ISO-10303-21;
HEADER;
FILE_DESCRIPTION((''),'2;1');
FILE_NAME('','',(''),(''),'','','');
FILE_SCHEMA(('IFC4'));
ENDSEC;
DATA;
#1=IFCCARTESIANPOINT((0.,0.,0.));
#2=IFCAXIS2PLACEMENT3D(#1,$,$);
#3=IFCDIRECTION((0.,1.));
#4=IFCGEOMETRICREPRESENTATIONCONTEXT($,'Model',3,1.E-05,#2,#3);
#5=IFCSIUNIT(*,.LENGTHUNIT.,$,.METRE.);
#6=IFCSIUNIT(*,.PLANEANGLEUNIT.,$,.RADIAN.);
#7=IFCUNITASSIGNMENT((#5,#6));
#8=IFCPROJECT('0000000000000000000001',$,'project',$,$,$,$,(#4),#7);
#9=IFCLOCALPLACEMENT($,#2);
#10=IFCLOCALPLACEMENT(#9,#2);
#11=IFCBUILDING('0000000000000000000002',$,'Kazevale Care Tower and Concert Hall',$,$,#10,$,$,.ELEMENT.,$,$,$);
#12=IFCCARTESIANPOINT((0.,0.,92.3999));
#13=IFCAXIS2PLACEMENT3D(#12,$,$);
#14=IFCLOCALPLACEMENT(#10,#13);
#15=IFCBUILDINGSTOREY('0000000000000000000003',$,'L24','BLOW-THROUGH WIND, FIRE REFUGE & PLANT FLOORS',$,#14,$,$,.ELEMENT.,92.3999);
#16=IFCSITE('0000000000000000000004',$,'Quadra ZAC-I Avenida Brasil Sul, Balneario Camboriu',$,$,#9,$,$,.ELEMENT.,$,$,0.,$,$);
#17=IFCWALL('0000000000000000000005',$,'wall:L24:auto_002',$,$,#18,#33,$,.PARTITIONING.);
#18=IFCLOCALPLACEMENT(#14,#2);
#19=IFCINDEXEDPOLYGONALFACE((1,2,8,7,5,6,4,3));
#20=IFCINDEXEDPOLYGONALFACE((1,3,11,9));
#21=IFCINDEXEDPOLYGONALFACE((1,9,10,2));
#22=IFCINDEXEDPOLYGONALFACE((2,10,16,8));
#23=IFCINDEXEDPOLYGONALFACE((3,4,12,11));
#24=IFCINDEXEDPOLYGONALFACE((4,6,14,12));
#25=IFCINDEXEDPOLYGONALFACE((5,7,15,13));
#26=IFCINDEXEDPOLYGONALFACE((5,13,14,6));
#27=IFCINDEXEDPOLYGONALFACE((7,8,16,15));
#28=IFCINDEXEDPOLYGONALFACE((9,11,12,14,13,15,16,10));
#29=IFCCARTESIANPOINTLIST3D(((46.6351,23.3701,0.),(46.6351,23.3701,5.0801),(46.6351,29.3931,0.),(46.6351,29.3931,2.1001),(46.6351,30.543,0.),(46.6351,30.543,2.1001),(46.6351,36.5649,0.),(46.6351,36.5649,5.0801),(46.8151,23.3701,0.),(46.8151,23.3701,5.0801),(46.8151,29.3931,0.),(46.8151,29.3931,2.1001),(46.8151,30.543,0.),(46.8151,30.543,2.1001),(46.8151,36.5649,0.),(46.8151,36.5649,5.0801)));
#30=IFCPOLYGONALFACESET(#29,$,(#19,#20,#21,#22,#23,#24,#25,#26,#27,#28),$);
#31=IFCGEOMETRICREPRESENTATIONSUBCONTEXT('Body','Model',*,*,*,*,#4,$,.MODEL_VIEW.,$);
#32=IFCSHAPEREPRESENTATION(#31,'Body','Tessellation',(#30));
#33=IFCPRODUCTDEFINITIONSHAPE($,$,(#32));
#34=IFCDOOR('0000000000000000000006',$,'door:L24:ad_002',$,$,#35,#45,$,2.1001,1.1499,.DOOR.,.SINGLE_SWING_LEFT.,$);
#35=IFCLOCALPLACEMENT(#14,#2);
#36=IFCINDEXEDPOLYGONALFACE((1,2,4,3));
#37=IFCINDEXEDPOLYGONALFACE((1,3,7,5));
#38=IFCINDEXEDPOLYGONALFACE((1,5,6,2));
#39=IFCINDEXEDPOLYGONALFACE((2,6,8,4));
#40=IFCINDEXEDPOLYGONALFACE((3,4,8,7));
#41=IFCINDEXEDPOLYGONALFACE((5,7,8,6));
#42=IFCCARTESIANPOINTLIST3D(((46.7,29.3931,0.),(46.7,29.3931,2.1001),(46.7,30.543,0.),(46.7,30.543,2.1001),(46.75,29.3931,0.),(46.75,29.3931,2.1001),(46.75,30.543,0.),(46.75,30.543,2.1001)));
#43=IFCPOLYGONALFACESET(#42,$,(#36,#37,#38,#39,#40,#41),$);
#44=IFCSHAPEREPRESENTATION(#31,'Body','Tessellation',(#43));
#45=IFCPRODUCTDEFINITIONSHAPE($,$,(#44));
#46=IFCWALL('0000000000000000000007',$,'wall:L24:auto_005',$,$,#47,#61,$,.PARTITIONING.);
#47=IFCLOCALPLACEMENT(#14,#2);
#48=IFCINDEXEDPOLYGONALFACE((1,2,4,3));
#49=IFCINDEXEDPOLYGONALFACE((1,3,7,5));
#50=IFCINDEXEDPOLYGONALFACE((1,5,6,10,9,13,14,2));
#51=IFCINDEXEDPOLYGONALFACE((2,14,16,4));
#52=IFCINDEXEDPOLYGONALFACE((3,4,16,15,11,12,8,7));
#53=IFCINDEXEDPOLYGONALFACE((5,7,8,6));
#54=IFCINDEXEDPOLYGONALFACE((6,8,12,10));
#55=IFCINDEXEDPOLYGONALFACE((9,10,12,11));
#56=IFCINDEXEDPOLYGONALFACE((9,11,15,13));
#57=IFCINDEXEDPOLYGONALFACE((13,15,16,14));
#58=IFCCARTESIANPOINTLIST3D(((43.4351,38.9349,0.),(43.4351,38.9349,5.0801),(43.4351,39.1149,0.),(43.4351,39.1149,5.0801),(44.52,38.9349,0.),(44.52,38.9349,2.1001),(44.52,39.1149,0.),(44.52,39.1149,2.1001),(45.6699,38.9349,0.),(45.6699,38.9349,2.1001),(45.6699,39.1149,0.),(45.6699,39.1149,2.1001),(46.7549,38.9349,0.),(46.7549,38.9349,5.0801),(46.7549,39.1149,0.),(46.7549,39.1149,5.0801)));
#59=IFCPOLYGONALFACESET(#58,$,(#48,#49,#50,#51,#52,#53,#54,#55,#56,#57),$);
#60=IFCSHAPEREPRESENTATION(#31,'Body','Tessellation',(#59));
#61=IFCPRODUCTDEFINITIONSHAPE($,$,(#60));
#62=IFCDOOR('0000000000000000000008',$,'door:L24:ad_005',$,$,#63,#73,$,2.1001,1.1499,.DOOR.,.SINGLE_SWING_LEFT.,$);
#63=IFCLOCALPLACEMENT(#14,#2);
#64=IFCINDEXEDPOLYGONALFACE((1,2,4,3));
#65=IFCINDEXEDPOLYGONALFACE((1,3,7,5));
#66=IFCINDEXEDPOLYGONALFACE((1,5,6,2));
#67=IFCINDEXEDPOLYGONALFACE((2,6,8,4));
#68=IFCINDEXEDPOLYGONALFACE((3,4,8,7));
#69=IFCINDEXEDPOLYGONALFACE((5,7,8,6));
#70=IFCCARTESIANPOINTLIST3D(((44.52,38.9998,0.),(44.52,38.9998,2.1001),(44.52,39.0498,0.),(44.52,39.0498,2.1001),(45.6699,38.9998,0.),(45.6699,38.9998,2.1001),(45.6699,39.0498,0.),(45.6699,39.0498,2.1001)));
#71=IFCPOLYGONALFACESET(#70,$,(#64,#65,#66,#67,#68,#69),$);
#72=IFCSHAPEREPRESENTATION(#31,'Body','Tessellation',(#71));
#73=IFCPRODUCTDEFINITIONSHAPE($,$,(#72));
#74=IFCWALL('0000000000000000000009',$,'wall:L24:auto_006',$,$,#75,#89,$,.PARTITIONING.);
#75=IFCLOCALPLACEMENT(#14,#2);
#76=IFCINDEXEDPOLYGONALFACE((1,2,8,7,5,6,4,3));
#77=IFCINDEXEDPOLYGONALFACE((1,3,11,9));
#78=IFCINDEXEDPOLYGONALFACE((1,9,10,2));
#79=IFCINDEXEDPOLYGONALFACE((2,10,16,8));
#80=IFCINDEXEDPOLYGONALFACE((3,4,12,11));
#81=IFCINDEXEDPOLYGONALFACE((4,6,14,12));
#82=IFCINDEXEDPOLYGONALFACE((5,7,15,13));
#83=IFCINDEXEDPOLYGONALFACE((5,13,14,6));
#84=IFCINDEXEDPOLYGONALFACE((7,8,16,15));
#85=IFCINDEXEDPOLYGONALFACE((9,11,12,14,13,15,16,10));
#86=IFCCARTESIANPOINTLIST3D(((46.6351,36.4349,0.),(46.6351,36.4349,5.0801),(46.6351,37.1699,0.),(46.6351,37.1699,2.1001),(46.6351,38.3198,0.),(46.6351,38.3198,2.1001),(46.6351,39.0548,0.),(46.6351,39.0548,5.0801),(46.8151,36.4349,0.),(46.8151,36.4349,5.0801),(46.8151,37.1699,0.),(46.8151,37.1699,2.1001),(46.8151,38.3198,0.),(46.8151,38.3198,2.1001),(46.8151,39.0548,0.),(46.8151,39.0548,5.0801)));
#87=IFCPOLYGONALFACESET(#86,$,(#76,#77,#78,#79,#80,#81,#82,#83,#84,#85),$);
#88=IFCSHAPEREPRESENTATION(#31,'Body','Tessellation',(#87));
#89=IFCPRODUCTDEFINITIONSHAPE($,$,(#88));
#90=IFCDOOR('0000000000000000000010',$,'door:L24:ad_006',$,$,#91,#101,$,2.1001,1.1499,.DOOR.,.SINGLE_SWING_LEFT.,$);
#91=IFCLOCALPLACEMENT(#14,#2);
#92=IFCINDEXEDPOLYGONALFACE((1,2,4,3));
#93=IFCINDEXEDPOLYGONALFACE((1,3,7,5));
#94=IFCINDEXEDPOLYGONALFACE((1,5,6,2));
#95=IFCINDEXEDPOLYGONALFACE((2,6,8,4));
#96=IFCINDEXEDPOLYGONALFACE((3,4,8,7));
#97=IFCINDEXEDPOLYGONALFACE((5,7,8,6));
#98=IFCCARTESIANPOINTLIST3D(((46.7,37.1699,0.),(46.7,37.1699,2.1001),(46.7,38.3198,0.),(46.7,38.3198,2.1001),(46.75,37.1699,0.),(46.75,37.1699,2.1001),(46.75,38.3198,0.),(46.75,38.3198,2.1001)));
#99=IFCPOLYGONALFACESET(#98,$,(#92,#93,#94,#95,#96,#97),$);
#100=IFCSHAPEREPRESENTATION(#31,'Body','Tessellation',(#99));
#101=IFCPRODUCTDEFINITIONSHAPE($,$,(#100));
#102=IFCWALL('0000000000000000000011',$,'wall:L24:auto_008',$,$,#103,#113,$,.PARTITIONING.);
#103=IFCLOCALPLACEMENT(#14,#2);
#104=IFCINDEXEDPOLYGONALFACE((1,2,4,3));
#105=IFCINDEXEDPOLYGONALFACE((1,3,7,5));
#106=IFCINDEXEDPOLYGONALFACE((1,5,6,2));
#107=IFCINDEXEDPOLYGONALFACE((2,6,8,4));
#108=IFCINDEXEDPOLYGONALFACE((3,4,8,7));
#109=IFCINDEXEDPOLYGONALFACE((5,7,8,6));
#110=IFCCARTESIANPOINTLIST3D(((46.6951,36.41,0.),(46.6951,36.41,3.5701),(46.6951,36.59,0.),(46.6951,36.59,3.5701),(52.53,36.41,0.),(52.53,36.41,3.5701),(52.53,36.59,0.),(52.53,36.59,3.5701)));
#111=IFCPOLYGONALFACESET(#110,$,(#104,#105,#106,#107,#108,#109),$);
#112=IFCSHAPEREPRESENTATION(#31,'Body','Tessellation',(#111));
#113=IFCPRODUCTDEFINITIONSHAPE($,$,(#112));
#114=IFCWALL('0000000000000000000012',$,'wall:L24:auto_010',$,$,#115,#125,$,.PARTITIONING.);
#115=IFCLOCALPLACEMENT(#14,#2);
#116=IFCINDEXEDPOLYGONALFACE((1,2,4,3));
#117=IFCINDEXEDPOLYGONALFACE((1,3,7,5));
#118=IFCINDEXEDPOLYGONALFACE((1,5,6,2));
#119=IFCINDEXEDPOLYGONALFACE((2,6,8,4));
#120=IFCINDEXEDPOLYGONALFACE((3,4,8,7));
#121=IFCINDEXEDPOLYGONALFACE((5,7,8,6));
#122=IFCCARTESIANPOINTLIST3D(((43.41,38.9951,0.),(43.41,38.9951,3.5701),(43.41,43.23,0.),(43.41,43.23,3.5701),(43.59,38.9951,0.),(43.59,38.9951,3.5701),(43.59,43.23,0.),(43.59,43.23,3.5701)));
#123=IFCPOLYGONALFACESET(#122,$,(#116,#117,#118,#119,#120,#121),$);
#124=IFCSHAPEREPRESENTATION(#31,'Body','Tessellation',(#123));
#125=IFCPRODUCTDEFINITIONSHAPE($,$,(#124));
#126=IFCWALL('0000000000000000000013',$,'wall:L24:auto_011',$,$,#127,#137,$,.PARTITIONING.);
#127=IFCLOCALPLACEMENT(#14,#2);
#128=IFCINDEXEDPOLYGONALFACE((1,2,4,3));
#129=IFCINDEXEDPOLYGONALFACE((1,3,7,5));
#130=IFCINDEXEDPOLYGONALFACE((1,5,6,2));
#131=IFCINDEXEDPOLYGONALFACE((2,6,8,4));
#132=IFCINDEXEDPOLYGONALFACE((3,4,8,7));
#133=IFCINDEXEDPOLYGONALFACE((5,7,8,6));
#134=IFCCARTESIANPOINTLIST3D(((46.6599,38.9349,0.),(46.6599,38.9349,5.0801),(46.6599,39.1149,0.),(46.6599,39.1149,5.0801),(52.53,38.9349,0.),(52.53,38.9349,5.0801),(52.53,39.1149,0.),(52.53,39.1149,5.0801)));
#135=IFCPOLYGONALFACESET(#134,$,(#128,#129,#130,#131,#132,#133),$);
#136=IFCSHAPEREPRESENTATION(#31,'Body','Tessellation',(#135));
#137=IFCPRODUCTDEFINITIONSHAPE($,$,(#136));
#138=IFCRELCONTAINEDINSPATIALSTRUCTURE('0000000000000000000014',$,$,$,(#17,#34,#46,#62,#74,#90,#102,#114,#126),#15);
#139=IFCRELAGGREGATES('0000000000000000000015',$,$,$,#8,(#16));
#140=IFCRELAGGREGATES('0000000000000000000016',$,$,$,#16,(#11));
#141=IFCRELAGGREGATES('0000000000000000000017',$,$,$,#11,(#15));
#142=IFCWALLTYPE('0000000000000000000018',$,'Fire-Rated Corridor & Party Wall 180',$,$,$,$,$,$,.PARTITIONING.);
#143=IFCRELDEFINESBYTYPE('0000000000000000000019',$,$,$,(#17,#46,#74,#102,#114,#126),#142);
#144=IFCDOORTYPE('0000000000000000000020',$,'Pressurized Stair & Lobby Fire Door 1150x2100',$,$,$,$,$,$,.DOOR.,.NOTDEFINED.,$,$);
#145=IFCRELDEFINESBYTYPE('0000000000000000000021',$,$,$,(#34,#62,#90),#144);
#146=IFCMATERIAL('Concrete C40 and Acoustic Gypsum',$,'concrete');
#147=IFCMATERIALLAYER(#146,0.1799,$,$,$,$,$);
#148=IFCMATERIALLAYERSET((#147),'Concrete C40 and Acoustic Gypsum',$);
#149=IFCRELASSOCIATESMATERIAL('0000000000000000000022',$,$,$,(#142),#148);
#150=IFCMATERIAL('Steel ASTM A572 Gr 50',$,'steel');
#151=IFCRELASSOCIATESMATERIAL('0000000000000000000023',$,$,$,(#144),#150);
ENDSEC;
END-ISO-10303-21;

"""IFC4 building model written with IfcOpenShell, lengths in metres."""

from ifc_helpers import new_model, si_unit, direction, frame, frame_2d, origin, place, context, subcontext, project, spatial, rectangle, extrude, material, layer, layer_set, type_object, element, fill, save


model = new_model("IFC4")

# Units and contexts
model_context = context("Model", 3, precision=1e-05, world=origin(), true_north=direction((0.0, 1.0)))
body_context = subcontext(model_context, "Body", "Model", "MODEL_VIEW")
ifc_project = project(units=[si_unit("LENGTHUNIT", "METRE"), si_unit("PLANEANGLEUNIT", "RADIAN")], contexts=[model_context])

# Site, building, storey
site_placement = place(None, origin())
site = spatial("IfcSite", under=ifc_project, at=site_placement, Name="Quadra ZAC-I Avenida Brasil Sul, Balneario Camboriu", CompositionType="ELEMENT", RefElevation=0.0)
building_placement = place(site_placement, origin())
building = spatial("IfcBuilding", under=site, at=building_placement, Name="Kazevale Care Tower and Concert Hall", CompositionType="ELEMENT")
storey_placement = place(building_placement, frame((0.0, 0.0, 92.3999)))
storey = spatial("IfcBuildingStorey", under=building, at=storey_placement, Name="L24", Description="BLOW-THROUGH WIND, FIRE REFUGE & PLANT FLOORS", CompositionType="ELEMENT", Elevation=92.3999)

# Shared definitions
ifc_material_1 = material(Name="Steel ASTM A572 Gr 50", Category="steel")

# Walls, openings, doors
ifc_material_2 = material(Name="Concrete C40 and Acoustic Gypsum", Category="concrete")
ifc_layer_1 = layer(ifc_material_2, 0.1799)
ifc_layer_set_1 = layer_set([ifc_layer_1], Name="Concrete C40 and Acoustic Gypsum")
wall_type_1 = type_object("IfcWallType", Name="Fire-Rated Corridor & Party Wall 180", PredefinedType="PARTITIONING", material=ifc_layer_set_1)
wall_1_placement = place(storey_placement, frame((46.7251, 36.5649, 0.0), z_axis=(0.0, 0.0, 1.0), x_axis=(0.0, -1.0, 0.0)))
wall_1 = element("IfcWall", 1, at=wall_1_placement, inside=storey, type_object=wall_type_1, Name="wall:L24:auto_002", PredefinedType="PARTITIONING", context=body_context, shape_type="SweptSolid", body=[
    extrude(rectangle(XDim=13.1948, YDim=0.1799, at=frame_2d((6.5974, 0.0))), origin(), (0.0, 0.0, 1.0), 5.0801),
])
opening_1_placement = place(wall_1_placement, frame((6.022, 0.0, 0.0)))
opening_1 = element("IfcOpeningElement", 2, at=opening_1_placement, cuts=wall_1, PredefinedType="OPENING", context=body_context, shape_type="SweptSolid", body=[
    extrude(rectangle(XDim=1.1499, YDim=2.1001, at=frame_2d((0.575, 1.05))), frame((0.0, 0.0999, 0.0), z_axis=(0.0, -1.0, 0.0), x_axis=(1.0, 0.0, 0.0)), (0.0, 0.0, 1.0), 0.2),
])
door_type = type_object("IfcDoorType", Name="Pressurized Stair & Lobby Fire Door 1150x2100", OperationType="NOTDEFINED", PredefinedType="DOOR", material=ifc_material_1)
door_1_placement = place(opening_1_placement, origin())
door_1 = element("IfcDoor", 3, at=door_1_placement, inside=storey, type_object=door_type, Name="door:L24:ad_002", OperationType="SINGLE_SWING_LEFT", OverallHeight=2.1001, OverallWidth=1.1499, PredefinedType="DOOR", context=body_context, shape_type="SweptSolid", body=[
    extrude(rectangle(XDim=1.1499, YDim=2.1001, at=frame_2d((0.575, 1.05))), frame((0.0, 0.0249, 0.0), z_axis=(0.0, -1.0, 0.0), x_axis=(1.0, 0.0, 0.0)), (0.0, 0.0, 1.0), 0.05),
])
fill(opening_1, door_1)
wall_2_placement = place(storey_placement, frame((43.4351, 39.0249, 0.0), z_axis=(0.0, 0.0, 1.0), x_axis=(1.0, 0.0, 0.0)))
wall_2 = element("IfcWall", 4, at=wall_2_placement, inside=storey, type_object=wall_type_1, Name="wall:L24:auto_005", PredefinedType="PARTITIONING", context=body_context, shape_type="SweptSolid", body=[
    extrude(rectangle(XDim=3.3198, YDim=0.1799, at=frame_2d((1.6599, 0.0))), origin(), (0.0, 0.0, 1.0), 5.0801),
])
opening_2_placement = place(wall_2_placement, frame((1.085, 0.0, 0.0)))
opening_2 = element("IfcOpeningElement", 5, at=opening_2_placement, cuts=wall_2, PredefinedType="OPENING", context=body_context, shape_type="SweptSolid", body=[
    extrude(rectangle(XDim=1.1499, YDim=2.1001, at=frame_2d((0.575, 1.05))), frame((0.0, 0.0999, 0.0), z_axis=(0.0, -1.0, 0.0), x_axis=(1.0, 0.0, 0.0)), (0.0, 0.0, 1.0), 0.2),
])
door_2_placement = place(opening_2_placement, origin())
door_2 = element("IfcDoor", 6, at=door_2_placement, inside=storey, type_object=door_type, Name="door:L24:ad_005", OperationType="SINGLE_SWING_LEFT", OverallHeight=2.1001, OverallWidth=1.1499, PredefinedType="DOOR", context=body_context, shape_type="SweptSolid", body=[
    extrude(rectangle(XDim=1.1499, YDim=2.1001, at=frame_2d((0.575, 1.05))), frame((0.0, 0.0249, 0.0), z_axis=(0.0, -1.0, 0.0), x_axis=(1.0, 0.0, 0.0)), (0.0, 0.0, 1.0), 0.05),
])
fill(opening_2, door_2)
wall_3_placement = place(storey_placement, frame((46.7251, 39.0549, 0.0), z_axis=(0.0, 0.0, 1.0), x_axis=(0.0, -1.0, 0.0)))
wall_3 = element("IfcWall", 7, at=wall_3_placement, inside=storey, type_object=wall_type_1, Name="wall:L24:auto_006", PredefinedType="PARTITIONING", context=body_context, shape_type="SweptSolid", body=[
    extrude(rectangle(XDim=2.6199, YDim=0.1799, at=frame_2d((1.3101, 0.0))), origin(), (0.0, 0.0, 1.0), 5.0801),
])
opening_3_placement = place(wall_3_placement, frame((0.7351, 0.0, 0.0)))
opening_3 = element("IfcOpeningElement", 8, at=opening_3_placement, cuts=wall_3, PredefinedType="OPENING", context=body_context, shape_type="SweptSolid", body=[
    extrude(rectangle(XDim=1.1499, YDim=2.1001, at=frame_2d((0.575, 1.05))), frame((0.0, 0.0999, 0.0), z_axis=(0.0, -1.0, 0.0), x_axis=(1.0, 0.0, 0.0)), (0.0, 0.0, 1.0), 0.2),
])
door_3_placement = place(opening_3_placement, origin())
door_3 = element("IfcDoor", 9, at=door_3_placement, inside=storey, type_object=door_type, Name="door:L24:ad_006", OperationType="SINGLE_SWING_LEFT", OverallHeight=2.1001, OverallWidth=1.1499, PredefinedType="DOOR", context=body_context, shape_type="SweptSolid", body=[
    extrude(rectangle(XDim=1.1499, YDim=2.1001, at=frame_2d((0.575, 1.05))), frame((0.0, 0.0249, 0.0), z_axis=(0.0, -1.0, 0.0), x_axis=(1.0, 0.0, 0.0)), (0.0, 0.0, 1.0), 0.05),
])
fill(opening_3, door_3)

# Walls
wall_4_placement = place(storey_placement, frame((46.6951, 36.5, 0.0), z_axis=(0.0, 0.0, 1.0), x_axis=(1.0, 0.0, 0.0)))
element("IfcWall", 10, at=wall_4_placement, inside=storey, type_object=wall_type_1, Name="wall:L24:auto_008", PredefinedType="PARTITIONING", context=body_context, shape_type="SweptSolid", body=[
    extrude(rectangle(XDim=5.835, YDim=0.1799, at=frame_2d((2.9175, 0.0))), origin(), (0.0, 0.0, 1.0), 3.5701),
])
wall_5_placement = place(storey_placement, frame((43.5, 43.23, 0.0), z_axis=(0.0, 0.0, 1.0), x_axis=(0.0, -1.0, 0.0)))
element("IfcWall", 11, at=wall_5_placement, inside=storey, type_object=wall_type_1, Name="wall:L24:auto_010", PredefinedType="PARTITIONING", context=body_context, shape_type="SweptSolid", body=[
    extrude(rectangle(XDim=4.2349, YDim=0.1799, at=frame_2d((2.1174, 0.0))), origin(), (0.0, 0.0, 1.0), 3.5701),
])
wall_6_placement = place(storey_placement, frame((52.53, 39.0249, 0.0), z_axis=(0.0, 0.0, 1.0), x_axis=(-1.0, 0.0, 0.0)))
element("IfcWall", 12, at=wall_6_placement, inside=storey, type_object=wall_type_1, Name="wall:L24:auto_011", PredefinedType="PARTITIONING", context=body_context, shape_type="SweptSolid", body=[
    extrude(rectangle(XDim=5.8701, YDim=0.1799, at=frame_2d((2.9351, 0.0))), origin(), (0.0, 0.0, 1.0), 5.0801),
])

save(model, "model.ifc")
